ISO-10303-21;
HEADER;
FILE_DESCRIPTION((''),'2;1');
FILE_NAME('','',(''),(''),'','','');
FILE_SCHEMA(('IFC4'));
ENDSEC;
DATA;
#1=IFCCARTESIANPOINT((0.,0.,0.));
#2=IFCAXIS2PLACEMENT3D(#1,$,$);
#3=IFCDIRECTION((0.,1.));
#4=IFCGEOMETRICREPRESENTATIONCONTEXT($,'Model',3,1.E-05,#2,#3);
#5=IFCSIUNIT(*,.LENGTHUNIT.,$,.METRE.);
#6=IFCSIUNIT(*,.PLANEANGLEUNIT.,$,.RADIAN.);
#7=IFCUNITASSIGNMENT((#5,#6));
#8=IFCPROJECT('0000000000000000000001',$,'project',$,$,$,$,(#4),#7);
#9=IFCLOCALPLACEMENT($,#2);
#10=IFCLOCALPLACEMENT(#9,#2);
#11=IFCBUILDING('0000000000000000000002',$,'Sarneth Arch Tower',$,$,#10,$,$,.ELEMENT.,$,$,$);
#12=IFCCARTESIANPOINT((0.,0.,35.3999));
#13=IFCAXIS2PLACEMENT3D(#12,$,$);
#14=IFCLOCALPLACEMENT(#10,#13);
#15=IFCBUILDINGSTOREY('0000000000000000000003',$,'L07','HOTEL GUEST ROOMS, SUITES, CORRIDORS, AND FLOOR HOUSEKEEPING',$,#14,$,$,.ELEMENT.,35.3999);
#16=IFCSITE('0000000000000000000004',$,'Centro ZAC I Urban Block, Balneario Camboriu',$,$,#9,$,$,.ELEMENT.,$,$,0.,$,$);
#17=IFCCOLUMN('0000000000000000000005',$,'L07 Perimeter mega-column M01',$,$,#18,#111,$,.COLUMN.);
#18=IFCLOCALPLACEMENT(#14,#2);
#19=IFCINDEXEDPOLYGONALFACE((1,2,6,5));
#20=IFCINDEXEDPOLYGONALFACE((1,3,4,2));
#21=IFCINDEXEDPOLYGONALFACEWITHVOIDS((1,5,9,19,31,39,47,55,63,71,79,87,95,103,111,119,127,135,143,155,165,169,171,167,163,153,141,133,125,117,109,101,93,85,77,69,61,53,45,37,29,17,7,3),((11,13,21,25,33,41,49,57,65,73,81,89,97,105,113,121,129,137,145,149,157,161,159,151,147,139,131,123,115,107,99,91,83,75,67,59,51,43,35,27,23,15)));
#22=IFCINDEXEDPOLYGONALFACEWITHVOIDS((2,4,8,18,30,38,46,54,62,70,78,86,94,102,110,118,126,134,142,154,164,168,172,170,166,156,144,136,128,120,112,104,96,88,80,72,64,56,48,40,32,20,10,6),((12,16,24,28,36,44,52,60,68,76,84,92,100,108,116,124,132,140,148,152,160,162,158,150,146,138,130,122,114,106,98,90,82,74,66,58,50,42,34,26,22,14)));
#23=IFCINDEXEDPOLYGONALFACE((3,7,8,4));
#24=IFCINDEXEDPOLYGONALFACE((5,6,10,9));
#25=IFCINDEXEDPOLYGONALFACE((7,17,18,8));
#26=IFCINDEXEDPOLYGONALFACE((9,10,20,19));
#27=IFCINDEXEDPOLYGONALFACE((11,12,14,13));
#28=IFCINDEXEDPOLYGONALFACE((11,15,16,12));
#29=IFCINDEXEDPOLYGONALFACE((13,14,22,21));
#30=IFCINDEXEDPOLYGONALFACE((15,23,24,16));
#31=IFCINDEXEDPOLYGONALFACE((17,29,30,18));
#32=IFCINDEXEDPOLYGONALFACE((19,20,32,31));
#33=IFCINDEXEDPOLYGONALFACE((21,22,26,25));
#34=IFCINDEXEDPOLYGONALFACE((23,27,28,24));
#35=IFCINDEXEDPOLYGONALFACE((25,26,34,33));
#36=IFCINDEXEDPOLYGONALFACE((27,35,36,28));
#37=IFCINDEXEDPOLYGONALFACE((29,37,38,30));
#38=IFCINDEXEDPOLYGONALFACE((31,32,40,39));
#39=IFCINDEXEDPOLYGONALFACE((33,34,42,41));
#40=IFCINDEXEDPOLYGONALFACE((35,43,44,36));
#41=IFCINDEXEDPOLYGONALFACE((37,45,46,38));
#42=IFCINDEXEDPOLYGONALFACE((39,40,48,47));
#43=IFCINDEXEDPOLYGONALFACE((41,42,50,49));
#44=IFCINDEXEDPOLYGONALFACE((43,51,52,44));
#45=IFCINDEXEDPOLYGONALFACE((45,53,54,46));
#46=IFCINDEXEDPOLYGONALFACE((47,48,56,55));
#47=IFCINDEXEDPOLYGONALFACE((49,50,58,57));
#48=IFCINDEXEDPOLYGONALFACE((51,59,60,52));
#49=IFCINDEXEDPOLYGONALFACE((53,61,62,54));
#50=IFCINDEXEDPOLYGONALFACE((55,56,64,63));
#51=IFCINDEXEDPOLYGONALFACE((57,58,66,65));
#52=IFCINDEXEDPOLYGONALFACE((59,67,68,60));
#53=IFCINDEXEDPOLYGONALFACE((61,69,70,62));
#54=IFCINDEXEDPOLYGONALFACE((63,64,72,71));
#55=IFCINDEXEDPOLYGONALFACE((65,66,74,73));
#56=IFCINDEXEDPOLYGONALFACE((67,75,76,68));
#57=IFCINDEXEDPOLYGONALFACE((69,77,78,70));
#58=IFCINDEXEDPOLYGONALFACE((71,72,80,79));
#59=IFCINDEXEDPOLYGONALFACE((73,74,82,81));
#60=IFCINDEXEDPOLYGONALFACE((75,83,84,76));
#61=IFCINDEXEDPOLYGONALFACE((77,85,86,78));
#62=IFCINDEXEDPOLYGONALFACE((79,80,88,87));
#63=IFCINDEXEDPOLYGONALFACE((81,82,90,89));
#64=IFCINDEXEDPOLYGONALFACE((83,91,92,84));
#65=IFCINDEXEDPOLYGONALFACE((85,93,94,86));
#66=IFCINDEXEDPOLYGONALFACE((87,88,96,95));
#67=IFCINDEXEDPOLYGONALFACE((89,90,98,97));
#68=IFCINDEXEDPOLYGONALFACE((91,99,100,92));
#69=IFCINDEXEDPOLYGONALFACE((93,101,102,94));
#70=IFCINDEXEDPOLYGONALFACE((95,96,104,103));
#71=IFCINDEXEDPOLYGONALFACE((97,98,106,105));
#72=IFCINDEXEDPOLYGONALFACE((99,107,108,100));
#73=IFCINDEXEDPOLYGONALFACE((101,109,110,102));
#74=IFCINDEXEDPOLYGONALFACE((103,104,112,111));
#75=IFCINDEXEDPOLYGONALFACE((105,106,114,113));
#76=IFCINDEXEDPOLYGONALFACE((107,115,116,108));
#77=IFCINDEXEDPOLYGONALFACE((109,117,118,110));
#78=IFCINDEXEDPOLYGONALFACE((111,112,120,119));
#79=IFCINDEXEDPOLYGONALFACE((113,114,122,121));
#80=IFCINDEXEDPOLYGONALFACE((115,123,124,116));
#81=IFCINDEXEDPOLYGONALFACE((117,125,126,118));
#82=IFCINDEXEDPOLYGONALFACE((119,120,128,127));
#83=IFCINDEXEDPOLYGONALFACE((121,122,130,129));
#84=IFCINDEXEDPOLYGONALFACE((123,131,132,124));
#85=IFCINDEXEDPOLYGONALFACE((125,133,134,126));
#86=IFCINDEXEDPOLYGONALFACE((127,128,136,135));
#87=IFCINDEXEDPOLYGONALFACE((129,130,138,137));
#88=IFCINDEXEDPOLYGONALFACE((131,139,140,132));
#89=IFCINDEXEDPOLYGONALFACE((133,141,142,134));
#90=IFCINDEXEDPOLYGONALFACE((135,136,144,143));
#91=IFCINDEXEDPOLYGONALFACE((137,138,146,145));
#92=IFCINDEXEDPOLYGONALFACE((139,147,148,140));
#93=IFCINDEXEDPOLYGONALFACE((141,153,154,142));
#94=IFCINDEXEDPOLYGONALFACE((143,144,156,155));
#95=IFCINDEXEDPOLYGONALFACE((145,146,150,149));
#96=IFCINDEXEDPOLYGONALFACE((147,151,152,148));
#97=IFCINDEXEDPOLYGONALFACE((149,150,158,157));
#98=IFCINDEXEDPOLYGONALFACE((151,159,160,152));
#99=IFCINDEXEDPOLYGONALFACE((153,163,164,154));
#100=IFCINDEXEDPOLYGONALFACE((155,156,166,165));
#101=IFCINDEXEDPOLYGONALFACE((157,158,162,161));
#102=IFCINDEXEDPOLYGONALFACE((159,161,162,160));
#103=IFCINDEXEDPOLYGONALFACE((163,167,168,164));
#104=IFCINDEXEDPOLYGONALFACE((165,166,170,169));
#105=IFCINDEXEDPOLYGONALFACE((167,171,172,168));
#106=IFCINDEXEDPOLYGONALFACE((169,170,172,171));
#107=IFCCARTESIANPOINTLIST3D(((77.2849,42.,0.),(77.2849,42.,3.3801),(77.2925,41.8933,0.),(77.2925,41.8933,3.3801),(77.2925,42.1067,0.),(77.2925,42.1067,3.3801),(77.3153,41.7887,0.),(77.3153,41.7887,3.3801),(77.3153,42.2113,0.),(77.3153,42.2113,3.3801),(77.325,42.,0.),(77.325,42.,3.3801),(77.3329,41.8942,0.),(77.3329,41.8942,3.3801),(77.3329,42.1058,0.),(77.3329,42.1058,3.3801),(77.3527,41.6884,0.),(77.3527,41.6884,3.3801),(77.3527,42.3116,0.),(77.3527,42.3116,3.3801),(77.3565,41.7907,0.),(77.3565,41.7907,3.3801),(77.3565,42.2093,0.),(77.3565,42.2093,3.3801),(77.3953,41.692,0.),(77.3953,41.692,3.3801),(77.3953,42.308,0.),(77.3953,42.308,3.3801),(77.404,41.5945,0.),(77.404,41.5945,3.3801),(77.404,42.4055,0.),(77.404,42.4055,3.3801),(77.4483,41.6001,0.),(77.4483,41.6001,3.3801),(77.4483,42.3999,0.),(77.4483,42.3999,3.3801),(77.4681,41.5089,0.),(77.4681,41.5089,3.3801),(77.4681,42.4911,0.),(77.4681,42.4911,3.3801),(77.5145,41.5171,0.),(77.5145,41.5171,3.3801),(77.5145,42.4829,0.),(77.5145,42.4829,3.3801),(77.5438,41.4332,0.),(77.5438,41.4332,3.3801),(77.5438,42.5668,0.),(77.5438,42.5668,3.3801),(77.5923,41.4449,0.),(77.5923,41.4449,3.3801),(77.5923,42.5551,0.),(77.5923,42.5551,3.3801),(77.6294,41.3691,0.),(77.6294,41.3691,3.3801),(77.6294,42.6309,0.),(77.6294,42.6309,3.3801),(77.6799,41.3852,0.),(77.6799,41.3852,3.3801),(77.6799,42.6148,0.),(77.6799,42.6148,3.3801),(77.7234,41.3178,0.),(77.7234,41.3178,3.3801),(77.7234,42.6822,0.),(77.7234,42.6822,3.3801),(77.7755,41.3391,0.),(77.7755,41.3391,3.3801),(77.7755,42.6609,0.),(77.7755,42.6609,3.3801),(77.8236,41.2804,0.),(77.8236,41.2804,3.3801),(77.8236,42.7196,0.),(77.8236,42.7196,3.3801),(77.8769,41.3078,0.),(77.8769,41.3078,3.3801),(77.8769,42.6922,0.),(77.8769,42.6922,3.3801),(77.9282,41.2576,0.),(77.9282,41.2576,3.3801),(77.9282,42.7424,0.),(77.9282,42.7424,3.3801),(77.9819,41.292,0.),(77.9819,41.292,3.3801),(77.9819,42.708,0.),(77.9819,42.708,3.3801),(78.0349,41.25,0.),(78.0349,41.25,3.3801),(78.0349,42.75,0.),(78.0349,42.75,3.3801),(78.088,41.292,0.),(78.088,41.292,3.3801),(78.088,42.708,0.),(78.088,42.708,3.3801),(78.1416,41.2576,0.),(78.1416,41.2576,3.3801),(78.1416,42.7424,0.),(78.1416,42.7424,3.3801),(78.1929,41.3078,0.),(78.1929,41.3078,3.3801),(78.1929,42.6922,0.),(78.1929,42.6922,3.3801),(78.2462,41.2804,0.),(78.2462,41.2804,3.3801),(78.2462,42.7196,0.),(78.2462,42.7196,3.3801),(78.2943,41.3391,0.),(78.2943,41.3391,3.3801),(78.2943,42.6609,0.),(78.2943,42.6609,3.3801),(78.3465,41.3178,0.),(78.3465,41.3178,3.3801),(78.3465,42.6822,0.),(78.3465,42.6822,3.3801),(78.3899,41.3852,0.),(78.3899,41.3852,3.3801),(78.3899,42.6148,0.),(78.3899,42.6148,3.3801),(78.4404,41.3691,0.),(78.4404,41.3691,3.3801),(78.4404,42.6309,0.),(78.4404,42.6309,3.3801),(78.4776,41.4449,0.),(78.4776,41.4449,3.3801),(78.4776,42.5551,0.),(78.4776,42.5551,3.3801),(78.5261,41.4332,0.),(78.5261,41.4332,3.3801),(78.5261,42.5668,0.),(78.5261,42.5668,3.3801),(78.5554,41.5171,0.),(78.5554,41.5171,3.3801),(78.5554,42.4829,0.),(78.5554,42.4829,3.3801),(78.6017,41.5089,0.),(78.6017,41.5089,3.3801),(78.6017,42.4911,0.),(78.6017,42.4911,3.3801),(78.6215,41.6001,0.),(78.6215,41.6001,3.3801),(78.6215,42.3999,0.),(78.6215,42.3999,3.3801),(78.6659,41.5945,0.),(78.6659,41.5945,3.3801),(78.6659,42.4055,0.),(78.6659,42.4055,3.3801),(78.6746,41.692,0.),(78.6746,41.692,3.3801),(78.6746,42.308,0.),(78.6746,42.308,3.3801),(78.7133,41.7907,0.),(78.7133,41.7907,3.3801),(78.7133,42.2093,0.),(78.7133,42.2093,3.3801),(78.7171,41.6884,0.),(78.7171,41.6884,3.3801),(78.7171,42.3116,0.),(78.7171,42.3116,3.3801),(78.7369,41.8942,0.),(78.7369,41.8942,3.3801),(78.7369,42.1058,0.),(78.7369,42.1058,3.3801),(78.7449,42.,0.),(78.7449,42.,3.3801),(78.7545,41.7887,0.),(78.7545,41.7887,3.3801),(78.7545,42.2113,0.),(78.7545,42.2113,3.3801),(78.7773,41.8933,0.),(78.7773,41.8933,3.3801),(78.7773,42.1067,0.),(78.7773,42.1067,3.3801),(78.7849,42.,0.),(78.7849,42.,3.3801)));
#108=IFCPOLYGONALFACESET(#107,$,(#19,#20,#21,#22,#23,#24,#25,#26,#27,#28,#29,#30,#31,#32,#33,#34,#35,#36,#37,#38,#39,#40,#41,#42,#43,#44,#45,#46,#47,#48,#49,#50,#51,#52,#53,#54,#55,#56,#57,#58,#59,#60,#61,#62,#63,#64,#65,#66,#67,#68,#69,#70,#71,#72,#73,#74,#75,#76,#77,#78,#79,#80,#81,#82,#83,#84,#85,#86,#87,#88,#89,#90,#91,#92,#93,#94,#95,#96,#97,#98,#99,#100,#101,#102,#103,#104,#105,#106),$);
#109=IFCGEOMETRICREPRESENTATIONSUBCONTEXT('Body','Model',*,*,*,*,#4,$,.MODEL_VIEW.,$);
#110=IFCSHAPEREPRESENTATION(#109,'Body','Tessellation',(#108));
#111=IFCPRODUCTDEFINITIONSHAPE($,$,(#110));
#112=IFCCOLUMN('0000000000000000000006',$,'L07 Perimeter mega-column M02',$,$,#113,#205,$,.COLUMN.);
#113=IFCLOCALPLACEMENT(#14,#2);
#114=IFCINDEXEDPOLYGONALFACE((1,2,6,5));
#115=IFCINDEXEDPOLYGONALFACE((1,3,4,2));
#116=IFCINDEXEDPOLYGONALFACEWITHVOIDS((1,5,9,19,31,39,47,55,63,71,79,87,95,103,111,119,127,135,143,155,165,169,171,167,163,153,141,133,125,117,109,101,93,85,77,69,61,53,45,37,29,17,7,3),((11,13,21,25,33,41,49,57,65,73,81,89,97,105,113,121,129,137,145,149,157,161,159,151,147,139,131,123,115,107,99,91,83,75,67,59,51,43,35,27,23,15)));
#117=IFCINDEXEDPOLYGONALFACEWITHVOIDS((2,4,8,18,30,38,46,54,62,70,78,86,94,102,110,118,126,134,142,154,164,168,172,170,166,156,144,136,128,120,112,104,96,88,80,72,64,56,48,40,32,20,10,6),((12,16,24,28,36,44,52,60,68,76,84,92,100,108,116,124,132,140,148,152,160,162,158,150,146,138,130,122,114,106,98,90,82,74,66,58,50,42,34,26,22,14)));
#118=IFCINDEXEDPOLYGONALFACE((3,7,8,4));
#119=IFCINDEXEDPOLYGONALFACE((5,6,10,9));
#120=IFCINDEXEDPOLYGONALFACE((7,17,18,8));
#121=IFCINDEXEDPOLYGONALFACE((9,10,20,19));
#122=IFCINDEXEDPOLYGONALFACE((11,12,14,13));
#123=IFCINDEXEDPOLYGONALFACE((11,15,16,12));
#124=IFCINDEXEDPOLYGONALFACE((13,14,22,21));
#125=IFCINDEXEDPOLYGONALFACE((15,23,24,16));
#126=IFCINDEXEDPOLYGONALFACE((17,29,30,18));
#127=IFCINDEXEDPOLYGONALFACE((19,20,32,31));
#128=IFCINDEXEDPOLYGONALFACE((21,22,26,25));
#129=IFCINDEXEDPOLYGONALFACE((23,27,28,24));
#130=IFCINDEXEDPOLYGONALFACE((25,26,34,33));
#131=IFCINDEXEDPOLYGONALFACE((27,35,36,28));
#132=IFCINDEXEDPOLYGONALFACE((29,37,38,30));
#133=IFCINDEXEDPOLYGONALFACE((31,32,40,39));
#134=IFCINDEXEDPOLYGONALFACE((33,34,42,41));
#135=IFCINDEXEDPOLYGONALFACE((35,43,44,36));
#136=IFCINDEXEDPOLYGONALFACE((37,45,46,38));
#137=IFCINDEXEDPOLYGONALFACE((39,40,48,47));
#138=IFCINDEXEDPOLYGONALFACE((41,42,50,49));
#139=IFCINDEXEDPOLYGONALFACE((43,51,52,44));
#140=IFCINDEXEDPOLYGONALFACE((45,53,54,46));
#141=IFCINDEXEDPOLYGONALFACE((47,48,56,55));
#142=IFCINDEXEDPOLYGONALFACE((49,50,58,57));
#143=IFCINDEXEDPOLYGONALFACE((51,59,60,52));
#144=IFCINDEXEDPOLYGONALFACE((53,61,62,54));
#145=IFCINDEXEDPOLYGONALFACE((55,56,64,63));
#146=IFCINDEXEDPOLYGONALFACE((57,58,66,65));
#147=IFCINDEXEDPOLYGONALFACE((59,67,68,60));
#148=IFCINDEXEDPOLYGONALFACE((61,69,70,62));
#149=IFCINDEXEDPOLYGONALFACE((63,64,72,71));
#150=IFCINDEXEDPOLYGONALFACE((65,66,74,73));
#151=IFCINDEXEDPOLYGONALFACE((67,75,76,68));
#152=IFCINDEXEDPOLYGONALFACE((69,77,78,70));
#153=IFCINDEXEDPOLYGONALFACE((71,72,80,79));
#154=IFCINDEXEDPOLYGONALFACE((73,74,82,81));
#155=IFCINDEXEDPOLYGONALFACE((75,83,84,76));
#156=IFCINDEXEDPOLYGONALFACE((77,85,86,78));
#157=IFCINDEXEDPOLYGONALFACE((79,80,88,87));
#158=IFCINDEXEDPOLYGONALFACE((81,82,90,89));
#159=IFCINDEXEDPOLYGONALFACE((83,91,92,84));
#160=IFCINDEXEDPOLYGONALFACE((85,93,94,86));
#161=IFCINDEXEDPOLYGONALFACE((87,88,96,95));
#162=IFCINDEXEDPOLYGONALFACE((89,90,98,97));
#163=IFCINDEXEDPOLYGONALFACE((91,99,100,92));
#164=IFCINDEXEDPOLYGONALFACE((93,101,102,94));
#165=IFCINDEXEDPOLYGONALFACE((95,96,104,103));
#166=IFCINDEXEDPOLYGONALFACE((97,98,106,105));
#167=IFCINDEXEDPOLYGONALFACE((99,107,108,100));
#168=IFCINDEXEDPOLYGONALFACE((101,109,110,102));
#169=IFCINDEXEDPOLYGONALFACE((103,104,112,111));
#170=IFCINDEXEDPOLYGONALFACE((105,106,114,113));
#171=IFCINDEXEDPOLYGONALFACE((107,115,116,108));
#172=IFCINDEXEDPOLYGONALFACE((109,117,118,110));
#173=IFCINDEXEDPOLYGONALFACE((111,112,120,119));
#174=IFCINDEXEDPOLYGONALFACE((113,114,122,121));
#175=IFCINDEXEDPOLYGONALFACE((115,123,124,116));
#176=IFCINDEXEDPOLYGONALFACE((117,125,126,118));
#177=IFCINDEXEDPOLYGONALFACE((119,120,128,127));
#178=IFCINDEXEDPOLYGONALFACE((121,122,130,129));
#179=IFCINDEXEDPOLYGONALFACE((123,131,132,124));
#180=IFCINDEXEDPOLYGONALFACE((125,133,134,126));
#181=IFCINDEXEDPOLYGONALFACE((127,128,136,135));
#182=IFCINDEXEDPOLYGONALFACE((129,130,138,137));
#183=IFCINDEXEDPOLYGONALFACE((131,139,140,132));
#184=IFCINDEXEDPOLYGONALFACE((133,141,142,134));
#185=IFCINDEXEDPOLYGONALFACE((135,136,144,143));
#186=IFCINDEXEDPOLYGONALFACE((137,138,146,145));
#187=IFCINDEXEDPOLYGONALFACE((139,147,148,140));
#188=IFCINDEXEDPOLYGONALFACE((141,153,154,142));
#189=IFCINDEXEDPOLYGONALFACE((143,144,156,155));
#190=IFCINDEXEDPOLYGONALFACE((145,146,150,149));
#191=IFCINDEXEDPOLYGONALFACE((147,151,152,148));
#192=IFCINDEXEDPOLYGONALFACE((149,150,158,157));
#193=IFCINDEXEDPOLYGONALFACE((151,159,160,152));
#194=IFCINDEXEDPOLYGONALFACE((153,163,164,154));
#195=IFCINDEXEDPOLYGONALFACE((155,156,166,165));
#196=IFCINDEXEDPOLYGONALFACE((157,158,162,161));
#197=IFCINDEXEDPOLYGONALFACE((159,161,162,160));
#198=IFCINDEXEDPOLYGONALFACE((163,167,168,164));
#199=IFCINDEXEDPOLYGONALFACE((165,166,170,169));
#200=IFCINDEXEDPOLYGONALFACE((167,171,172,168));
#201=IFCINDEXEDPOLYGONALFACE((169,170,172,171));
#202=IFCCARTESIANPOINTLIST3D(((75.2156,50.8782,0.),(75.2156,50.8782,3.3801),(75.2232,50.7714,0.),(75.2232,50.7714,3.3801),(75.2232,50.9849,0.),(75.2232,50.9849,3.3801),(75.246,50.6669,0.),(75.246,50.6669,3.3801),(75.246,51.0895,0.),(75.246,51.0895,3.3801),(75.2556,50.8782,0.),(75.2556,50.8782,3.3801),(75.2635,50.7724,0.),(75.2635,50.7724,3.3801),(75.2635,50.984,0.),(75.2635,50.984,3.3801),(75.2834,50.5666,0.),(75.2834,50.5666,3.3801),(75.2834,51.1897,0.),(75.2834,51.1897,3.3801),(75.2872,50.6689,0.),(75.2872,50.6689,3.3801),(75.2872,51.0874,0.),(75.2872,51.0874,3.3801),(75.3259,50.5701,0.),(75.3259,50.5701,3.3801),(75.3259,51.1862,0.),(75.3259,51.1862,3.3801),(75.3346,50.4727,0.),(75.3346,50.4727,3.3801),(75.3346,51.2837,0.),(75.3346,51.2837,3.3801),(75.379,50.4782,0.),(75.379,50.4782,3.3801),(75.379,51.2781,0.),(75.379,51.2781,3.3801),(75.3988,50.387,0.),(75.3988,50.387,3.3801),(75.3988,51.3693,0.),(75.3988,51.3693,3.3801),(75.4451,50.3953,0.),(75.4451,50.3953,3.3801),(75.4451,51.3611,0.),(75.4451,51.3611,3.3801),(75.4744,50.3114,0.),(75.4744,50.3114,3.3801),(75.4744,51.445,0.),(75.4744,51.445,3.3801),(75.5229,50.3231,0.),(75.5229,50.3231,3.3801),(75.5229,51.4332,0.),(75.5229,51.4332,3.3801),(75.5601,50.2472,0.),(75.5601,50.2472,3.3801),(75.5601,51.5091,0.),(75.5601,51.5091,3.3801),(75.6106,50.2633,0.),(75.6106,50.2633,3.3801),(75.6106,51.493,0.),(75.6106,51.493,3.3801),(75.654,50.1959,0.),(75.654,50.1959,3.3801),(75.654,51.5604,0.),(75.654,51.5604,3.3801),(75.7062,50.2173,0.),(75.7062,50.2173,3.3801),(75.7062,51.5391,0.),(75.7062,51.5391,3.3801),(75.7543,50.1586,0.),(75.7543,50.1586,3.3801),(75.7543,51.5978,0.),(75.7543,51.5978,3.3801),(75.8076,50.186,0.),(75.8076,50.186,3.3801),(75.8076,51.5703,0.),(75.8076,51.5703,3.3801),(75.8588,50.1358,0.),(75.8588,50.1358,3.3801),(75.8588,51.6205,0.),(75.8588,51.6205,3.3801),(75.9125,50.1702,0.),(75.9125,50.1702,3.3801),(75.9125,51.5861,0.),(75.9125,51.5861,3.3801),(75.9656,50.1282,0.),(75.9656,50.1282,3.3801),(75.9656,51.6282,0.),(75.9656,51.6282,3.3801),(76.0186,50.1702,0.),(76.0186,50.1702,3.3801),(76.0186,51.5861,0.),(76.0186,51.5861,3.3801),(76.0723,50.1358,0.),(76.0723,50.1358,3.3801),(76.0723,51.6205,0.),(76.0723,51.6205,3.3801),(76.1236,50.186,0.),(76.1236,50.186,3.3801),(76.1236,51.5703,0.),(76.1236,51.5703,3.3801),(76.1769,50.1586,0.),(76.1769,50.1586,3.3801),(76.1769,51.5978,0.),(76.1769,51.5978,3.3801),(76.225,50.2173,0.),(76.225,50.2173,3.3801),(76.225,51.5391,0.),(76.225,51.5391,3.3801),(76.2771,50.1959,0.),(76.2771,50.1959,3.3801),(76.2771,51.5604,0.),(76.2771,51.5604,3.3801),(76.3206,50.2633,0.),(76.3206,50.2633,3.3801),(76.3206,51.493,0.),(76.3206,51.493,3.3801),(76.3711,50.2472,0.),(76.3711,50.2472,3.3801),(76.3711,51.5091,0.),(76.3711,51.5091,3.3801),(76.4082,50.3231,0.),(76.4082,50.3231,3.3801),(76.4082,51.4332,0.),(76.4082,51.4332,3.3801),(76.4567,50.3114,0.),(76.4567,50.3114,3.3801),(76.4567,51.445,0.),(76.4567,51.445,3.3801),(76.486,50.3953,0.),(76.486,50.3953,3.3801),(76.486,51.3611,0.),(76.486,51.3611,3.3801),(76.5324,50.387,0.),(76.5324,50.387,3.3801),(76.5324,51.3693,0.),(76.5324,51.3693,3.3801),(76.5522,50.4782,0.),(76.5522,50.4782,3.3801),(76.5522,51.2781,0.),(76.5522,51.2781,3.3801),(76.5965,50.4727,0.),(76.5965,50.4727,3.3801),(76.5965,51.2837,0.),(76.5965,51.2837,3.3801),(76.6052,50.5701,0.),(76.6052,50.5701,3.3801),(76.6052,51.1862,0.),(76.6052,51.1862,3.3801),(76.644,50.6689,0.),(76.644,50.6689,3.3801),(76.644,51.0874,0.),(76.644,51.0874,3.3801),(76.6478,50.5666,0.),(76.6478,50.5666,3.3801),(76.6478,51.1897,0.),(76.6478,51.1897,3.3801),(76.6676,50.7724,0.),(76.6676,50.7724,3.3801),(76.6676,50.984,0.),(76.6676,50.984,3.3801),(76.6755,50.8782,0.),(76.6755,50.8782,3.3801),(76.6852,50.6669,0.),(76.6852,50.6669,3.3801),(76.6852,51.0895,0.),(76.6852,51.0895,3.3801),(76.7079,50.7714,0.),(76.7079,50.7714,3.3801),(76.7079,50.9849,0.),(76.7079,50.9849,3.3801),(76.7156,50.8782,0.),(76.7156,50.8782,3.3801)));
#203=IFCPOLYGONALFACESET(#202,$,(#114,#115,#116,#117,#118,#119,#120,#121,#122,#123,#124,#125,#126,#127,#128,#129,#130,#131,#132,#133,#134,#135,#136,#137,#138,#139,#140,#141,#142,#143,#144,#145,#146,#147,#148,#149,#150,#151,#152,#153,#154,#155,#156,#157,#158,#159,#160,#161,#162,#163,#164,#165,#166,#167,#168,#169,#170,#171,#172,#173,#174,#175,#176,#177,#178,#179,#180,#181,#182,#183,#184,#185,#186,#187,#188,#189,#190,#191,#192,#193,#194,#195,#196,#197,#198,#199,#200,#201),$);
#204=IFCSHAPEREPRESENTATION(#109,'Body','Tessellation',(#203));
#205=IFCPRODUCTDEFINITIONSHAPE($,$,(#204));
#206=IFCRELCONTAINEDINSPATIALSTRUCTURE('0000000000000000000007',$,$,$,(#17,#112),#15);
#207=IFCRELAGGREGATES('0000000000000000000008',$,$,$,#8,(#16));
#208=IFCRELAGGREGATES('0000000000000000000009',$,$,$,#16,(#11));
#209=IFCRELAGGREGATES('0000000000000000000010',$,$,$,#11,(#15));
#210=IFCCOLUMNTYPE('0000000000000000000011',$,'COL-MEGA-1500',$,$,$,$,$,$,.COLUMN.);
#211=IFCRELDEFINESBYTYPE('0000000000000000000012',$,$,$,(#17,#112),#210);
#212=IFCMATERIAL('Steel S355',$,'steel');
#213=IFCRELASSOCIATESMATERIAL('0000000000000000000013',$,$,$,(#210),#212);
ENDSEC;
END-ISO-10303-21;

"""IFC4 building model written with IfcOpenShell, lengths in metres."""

from ifc_helpers import new_model, si_unit, direction, frame, origin, origin_2d, place, context, subcontext, project, spatial, hollow_circle, extrude, material, material_profile, profile_set, type_object, element, save


model = new_model("IFC4")

# Units and contexts
model_context = context("Model", 3, precision=1e-05, world=origin(), true_north=direction((0.0, 1.0)))
body_context = subcontext(model_context, "Body", "Model", "MODEL_VIEW")
ifc_project = project(units=[si_unit("LENGTHUNIT", "METRE"), si_unit("PLANEANGLEUNIT", "RADIAN")], contexts=[model_context])

# Site, building, storey
site_placement = place(None, origin())
site = spatial("IfcSite", under=ifc_project, at=site_placement, Name="Centro ZAC I Urban Block, Balneario Camboriu", CompositionType="ELEMENT", RefElevation=0.0)
building_placement = place(site_placement, origin())
building = spatial("IfcBuilding", under=site, at=building_placement, Name="Sarneth Arch Tower", CompositionType="ELEMENT")
storey_placement = place(building_placement, frame((0.0, 0.0, 35.3999)))
storey = spatial("IfcBuildingStorey", under=building, at=storey_placement, Name="L07", Description="HOTEL GUEST ROOMS, SUITES, CORRIDORS, AND FLOOR HOUSEKEEPING", CompositionType="ELEMENT", Elevation=35.3999)

# Columns
ifc_material_1 = material(Name="Steel S355", Category="steel")
ifc_material_profile_1 = material_profile(ifc_material_1, hollow_circle(Radius=0.75, WallThickness=0.04, at=origin_2d()), Name="CHS1500x40")
ifc_profile_set_1 = profile_set([ifc_material_profile_1], Name="Steel S355")
column_type = type_object("IfcColumnType", Name="COL-MEGA-1500", PredefinedType="COLUMN", material=ifc_profile_set_1)
for number, where, z_axis, x_axis, name in (
    (1, (78.0349, 42.0, 0.0), (0.0, 0.0, 1.0), (1.0, 0.0, 0.0), "L07 Perimeter mega-column M01"),
    (2, (75.9656, 50.8782, 0.0), (0.0, 0.0, 1.0), (1.0, 0.0, 0.0), "L07 Perimeter mega-column M02"),
):
    element("IfcColumn", number, at=place(storey_placement, frame(where, z_axis=z_axis, x_axis=x_axis)), inside=storey, type_object=column_type, Name=name, PredefinedType="COLUMN", context=body_context, shape_type="SweptSolid", body=[
        extrude(hollow_circle(Radius=0.75, WallThickness=0.04, at=origin_2d()), origin(), (0.0, 0.0, 1.0), 3.3801),
    ])

save(model, "model.ifc")
